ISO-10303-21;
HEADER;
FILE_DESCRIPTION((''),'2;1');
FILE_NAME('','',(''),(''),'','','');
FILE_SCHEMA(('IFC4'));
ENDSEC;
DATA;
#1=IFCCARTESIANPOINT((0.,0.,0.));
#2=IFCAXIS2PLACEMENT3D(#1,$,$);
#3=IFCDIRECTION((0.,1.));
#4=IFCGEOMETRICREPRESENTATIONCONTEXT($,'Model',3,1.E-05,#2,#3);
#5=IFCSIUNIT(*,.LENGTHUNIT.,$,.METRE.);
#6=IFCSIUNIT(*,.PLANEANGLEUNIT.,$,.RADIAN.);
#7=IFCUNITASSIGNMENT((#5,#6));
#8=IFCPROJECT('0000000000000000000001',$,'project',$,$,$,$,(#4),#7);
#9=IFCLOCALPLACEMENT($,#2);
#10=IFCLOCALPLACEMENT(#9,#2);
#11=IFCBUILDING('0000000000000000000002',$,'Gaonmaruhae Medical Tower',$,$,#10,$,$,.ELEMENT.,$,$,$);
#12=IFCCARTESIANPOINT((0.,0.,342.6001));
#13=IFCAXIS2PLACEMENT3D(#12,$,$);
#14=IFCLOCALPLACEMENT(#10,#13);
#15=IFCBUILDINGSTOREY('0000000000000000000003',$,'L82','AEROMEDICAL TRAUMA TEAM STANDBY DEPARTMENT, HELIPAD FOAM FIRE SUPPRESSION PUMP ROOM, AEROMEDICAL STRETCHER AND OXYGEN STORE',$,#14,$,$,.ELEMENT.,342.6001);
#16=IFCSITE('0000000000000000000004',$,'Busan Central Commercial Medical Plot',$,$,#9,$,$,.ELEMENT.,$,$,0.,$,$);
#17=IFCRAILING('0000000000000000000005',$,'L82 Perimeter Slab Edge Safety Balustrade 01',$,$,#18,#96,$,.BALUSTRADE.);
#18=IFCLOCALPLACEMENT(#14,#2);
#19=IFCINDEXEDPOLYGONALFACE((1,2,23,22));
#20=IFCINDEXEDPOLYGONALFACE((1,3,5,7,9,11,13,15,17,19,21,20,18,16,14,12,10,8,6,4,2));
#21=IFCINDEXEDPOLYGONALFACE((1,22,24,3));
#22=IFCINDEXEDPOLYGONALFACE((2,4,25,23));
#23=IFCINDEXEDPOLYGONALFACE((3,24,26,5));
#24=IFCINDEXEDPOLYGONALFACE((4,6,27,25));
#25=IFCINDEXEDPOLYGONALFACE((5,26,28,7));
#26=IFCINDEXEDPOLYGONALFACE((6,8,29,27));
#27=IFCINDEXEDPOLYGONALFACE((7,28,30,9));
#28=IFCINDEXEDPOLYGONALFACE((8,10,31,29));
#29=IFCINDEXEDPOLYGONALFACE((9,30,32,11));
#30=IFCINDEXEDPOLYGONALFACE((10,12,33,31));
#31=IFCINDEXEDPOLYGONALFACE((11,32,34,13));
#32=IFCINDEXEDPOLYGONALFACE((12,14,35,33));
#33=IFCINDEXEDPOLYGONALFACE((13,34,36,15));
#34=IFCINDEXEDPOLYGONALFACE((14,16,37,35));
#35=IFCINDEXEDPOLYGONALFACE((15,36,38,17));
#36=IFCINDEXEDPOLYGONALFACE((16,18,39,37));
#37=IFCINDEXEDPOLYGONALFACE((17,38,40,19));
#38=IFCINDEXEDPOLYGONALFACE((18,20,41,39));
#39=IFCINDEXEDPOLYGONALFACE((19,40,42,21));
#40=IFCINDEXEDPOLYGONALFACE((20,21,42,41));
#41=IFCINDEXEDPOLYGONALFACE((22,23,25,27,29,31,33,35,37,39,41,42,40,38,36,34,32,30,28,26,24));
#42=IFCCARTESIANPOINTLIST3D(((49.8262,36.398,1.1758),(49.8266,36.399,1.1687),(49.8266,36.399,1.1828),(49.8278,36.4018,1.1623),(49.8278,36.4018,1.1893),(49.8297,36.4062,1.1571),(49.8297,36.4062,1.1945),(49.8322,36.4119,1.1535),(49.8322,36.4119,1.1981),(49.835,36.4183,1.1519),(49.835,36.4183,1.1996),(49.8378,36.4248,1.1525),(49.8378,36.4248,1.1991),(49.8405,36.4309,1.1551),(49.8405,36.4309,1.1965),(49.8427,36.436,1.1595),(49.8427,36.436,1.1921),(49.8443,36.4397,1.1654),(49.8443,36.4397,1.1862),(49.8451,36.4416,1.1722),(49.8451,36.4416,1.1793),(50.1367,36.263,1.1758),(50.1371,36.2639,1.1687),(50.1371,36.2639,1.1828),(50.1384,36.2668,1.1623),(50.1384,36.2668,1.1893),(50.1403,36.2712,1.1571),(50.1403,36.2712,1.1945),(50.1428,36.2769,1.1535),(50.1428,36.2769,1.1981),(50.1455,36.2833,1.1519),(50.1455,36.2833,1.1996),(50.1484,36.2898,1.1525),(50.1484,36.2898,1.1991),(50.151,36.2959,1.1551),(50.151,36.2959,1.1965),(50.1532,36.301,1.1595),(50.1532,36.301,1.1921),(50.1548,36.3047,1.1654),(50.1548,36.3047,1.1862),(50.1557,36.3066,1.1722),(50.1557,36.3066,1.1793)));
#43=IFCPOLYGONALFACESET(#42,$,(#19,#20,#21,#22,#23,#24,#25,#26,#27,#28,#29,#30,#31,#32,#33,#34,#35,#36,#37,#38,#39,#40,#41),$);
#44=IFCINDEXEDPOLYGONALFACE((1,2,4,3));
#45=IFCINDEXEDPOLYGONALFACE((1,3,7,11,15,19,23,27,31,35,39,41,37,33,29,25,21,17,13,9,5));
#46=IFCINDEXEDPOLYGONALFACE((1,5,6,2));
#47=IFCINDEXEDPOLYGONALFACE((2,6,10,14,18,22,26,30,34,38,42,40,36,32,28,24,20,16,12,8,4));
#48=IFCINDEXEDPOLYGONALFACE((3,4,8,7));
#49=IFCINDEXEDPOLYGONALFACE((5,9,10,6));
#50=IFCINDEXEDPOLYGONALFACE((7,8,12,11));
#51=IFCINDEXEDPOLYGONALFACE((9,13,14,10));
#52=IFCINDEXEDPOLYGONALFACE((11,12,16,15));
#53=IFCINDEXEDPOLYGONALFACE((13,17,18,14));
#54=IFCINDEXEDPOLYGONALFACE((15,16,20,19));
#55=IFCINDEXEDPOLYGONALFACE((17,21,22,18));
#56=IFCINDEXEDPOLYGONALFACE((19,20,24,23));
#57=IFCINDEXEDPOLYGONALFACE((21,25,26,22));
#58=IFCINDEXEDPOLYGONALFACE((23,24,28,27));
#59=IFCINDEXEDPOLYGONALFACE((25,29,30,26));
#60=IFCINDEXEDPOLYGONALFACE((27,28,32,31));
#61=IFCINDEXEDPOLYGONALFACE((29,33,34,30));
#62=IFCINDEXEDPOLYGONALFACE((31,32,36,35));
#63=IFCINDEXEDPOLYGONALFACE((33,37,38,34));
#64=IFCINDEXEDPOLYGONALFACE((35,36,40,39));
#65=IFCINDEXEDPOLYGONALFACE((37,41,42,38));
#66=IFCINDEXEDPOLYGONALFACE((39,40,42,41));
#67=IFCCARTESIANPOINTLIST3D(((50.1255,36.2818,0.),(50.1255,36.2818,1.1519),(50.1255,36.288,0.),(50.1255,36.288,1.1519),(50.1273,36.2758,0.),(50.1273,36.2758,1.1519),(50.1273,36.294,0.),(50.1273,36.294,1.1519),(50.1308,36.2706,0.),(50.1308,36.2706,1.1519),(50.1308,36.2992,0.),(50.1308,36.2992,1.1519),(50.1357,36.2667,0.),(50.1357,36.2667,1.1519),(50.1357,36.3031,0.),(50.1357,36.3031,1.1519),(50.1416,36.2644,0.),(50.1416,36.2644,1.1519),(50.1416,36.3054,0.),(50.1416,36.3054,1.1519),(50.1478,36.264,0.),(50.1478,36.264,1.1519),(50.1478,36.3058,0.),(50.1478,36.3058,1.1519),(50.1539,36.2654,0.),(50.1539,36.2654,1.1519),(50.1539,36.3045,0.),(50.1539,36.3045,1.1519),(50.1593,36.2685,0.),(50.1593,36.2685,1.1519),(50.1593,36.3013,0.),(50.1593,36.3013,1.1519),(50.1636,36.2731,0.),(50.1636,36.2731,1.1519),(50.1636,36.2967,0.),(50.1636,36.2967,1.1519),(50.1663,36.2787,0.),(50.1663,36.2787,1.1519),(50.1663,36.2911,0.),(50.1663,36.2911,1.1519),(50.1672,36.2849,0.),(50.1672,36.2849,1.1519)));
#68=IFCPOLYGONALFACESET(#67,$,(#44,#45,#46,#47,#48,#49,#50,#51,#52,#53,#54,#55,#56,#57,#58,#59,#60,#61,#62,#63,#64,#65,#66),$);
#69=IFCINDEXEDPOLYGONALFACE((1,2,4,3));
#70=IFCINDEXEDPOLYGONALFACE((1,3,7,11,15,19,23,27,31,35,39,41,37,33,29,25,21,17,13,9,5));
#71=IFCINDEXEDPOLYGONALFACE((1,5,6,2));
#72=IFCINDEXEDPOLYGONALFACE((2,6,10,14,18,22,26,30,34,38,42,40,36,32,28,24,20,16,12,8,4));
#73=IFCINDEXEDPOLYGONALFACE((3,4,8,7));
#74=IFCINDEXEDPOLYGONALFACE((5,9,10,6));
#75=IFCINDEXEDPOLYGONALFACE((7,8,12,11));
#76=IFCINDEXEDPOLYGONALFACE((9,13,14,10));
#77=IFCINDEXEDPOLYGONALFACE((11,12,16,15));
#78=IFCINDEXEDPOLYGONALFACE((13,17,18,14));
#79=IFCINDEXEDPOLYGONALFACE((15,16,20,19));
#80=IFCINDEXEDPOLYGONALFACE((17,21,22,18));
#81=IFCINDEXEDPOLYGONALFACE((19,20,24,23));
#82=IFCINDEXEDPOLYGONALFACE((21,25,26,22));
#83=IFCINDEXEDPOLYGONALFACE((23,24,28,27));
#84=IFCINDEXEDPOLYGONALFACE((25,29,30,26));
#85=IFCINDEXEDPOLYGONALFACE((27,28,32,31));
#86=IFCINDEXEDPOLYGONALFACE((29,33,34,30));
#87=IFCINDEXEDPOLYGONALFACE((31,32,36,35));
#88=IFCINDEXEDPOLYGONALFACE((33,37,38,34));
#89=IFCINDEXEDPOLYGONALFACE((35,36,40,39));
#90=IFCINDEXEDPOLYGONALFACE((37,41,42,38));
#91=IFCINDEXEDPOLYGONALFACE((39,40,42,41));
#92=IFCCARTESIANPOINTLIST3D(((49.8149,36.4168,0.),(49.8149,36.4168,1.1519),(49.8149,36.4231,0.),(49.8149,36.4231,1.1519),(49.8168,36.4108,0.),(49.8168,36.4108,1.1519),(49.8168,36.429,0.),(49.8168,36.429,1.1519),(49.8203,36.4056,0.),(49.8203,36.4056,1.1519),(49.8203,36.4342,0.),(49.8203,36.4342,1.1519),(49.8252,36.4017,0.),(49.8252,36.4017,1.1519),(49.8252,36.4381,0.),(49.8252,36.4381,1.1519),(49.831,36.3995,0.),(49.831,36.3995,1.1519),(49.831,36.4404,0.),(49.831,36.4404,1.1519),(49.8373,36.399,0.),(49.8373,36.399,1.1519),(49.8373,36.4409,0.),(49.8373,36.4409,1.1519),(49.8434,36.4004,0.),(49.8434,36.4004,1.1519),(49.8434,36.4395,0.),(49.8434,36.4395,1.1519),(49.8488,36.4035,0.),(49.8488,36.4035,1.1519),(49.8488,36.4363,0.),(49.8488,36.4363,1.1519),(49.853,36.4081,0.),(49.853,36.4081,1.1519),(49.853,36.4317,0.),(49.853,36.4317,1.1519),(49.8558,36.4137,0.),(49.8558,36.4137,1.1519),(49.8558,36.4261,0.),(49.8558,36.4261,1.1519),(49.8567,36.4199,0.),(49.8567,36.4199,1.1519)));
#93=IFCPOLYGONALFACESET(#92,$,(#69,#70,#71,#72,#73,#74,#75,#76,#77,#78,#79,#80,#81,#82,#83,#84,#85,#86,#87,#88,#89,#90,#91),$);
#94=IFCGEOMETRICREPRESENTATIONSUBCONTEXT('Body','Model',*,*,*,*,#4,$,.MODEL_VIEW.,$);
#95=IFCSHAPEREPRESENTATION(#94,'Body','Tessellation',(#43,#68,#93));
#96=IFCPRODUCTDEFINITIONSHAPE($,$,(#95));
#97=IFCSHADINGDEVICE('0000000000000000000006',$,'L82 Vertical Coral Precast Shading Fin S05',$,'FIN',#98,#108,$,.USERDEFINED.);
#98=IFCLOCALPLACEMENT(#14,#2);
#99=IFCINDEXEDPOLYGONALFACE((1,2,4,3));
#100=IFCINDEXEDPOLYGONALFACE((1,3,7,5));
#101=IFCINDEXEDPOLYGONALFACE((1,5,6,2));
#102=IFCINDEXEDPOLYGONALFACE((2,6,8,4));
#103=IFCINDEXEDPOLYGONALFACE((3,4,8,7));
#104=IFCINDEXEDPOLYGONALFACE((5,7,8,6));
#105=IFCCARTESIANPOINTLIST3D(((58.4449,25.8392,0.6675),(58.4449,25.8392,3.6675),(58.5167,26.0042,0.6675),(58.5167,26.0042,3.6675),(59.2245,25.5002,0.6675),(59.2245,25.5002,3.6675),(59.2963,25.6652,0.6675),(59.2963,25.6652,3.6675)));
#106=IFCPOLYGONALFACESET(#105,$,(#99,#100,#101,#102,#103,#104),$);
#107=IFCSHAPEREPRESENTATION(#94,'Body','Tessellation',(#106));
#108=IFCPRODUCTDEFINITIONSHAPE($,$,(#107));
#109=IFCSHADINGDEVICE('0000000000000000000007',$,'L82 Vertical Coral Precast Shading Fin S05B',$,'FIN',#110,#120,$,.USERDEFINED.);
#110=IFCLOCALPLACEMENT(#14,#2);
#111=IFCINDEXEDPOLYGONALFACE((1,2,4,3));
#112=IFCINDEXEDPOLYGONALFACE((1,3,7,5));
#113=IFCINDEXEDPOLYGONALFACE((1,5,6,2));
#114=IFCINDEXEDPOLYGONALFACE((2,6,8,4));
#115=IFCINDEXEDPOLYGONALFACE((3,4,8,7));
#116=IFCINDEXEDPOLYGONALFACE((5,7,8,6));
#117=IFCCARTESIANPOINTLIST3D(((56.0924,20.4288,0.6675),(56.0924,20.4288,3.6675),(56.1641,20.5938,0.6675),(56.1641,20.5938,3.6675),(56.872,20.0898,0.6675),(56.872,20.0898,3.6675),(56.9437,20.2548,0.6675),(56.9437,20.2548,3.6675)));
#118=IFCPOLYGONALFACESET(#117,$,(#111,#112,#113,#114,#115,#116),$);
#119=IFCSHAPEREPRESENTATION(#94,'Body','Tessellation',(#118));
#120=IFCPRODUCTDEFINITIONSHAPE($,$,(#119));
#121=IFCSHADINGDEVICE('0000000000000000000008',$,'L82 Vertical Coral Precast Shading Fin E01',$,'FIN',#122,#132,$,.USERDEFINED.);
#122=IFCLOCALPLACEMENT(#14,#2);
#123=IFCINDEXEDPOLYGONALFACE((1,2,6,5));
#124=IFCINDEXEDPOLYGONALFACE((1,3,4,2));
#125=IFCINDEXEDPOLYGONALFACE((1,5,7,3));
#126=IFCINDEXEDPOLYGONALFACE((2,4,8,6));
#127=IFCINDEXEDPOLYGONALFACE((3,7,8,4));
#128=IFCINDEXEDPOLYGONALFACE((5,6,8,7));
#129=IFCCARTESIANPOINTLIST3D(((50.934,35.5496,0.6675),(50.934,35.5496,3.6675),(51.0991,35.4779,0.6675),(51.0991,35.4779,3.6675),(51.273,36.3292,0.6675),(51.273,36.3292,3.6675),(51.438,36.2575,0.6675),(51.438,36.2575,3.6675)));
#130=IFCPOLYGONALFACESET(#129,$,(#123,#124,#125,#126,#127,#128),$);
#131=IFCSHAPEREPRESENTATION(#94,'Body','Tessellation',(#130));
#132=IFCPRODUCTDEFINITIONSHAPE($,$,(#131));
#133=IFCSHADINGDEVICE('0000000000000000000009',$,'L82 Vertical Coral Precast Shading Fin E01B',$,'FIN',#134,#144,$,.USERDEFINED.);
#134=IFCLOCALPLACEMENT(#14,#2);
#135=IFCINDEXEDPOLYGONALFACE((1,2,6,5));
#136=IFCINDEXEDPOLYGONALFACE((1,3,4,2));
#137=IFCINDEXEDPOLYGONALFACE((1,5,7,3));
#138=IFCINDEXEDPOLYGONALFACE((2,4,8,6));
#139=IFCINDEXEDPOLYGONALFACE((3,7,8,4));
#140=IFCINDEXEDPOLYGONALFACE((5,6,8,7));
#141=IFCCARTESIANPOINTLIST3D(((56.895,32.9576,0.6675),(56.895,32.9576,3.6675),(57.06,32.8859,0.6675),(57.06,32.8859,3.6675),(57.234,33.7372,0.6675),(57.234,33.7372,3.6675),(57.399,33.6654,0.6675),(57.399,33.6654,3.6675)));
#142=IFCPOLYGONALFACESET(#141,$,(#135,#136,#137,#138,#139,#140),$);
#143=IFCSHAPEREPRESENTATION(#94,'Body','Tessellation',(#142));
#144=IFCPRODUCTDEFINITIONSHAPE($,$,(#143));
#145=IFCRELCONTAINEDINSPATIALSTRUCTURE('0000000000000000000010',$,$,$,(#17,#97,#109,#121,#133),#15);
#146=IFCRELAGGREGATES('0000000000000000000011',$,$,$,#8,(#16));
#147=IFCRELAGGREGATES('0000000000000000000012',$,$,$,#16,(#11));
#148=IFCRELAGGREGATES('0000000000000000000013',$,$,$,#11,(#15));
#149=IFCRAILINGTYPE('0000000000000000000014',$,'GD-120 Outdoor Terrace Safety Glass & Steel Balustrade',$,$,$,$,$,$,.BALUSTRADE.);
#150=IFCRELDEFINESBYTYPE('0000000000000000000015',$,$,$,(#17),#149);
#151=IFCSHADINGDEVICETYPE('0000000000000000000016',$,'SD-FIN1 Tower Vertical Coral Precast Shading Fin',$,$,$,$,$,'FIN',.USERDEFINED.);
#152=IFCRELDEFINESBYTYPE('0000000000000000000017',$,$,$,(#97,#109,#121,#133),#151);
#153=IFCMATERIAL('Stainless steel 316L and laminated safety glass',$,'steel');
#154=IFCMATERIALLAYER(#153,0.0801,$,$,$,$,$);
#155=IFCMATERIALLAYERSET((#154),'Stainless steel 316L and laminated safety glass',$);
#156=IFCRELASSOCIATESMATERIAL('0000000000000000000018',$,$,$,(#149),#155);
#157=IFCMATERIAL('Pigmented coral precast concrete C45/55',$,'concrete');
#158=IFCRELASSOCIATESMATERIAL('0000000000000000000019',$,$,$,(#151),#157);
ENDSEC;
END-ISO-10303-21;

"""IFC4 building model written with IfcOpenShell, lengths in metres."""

from ifc_helpers import new_model, si_unit, direction, frame, origin, origin_2d, place, context, subcontext, project, spatial, rectangle, circle, extrude, material, layer, layer_set, type_object, element, save


model = new_model("IFC4")

# Units and contexts
model_context = context("Model", 3, precision=1e-05, world=origin(), true_north=direction((0.0, 1.0)))
body_context = subcontext(model_context, "Body", "Model", "MODEL_VIEW")
ifc_project = project(units=[si_unit("LENGTHUNIT", "METRE"), si_unit("PLANEANGLEUNIT", "RADIAN")], contexts=[model_context])

# Site, building, storey
site_placement = place(None, origin())
site = spatial("IfcSite", under=ifc_project, at=site_placement, Name="Busan Central Commercial Medical Plot", CompositionType="ELEMENT", RefElevation=0.0)
building_placement = place(site_placement, origin())
building = spatial("IfcBuilding", under=site, at=building_placement, Name="Gaonmaruhae Medical Tower", CompositionType="ELEMENT")
storey_placement = place(building_placement, frame((0.0, 0.0, 342.6001)))
storey = spatial("IfcBuildingStorey", under=building, at=storey_placement, Name="L82", Description="AEROMEDICAL TRAUMA TEAM STANDBY DEPARTMENT, HELIPAD FOAM FIRE SUPPRESSION PUMP ROOM, AEROMEDICAL STRETCHER AND OXYGEN STORE", CompositionType="ELEMENT", Elevation=342.6001)

# Railing
ifc_material_1 = material(Name="Stainless steel 316L and laminated safety glass", Category="steel")
ifc_layer_1 = layer(ifc_material_1, 0.0801)
ifc_layer_set_1 = layer_set([ifc_layer_1], Name="Stainless steel 316L and laminated safety glass")
railing_type = type_object("IfcRailingType", Name="GD-120 Outdoor Terrace Safety Glass & Steel Balustrade", PredefinedType="BALUSTRADE", material=ifc_layer_set_1)
railing_placement = place(storey_placement, frame((50.1462, 36.2849, 0.0)))
element("IfcRailing", 1, at=railing_placement, inside=storey, type_object=railing_type, Name="L82 Perimeter Slab Edge Safety Balustrade 01", PredefinedType="BALUSTRADE", context=body_context, shape_type="SweptSolid", body=[
    extrude(circle(Radius=0.0239, at=origin_2d()), frame((0.0, 0.0, 1.1758), z_axis=(-0.917082, 0.3987, 0.0), x_axis=(-0.3987, -0.917082, 0.0)), (0.0, 0.0, 1.0), 0.3386),
    extrude(circle(Radius=0.021, at=origin_2d()), origin(), (0.0, 0.0, 1.0), 1.1519),
    extrude(circle(Radius=0.021, at=origin_2d()), frame((-0.3105, 0.135, 0.0)), (0.0, 0.0, 1.0), 1.1519),
])

# Shading devices
ifc_material_2 = material(Name="Pigmented coral precast concrete C45/55", Category="concrete")
shading_device_type = type_object("IfcShadingDeviceType", Name="SD-FIN1 Tower Vertical Coral Precast Shading Fin", ElementType="FIN", PredefinedType="USERDEFINED", material=ifc_material_2)
for number, where, z_axis, x_axis, name in (
    (2, (58.8706, 25.7522, 0.6675), (0.0, 0.0, 1.0), (-0.398749, -0.91706, 0.0), "L82 Vertical Coral Precast Shading Fin S05"),
    (3, (56.5181, 20.3418, 0.6675), (0.0, 0.0, 1.0), (-0.398749, -0.91706, 0.0), "L82 Vertical Coral Precast Shading Fin S05B"),
    (4, (51.186, 35.9036, 0.6675), (0.0, 0.0, 1.0), (0.91706, -0.398749, 0.0), "L82 Vertical Coral Precast Shading Fin E01"),
    (5, (57.147, 33.3115, 0.6675), (0.0, 0.0, 1.0), (0.91706, -0.398749, 0.0), "L82 Vertical Coral Precast Shading Fin E01B"),
):
    element("IfcShadingDevice", number, at=place(storey_placement, frame(where, z_axis=z_axis, x_axis=x_axis)), inside=storey, type_object=shading_device_type, Name=name, ObjectType="FIN", PredefinedType="USERDEFINED", context=body_context, shape_type="SweptSolid", body=[
        extrude(rectangle(XDim=0.1799, YDim=0.8501, at=origin_2d()), origin(), (0.0, 0.0, 1.0), 3.0),
    ])

save(model, "model.ifc")
